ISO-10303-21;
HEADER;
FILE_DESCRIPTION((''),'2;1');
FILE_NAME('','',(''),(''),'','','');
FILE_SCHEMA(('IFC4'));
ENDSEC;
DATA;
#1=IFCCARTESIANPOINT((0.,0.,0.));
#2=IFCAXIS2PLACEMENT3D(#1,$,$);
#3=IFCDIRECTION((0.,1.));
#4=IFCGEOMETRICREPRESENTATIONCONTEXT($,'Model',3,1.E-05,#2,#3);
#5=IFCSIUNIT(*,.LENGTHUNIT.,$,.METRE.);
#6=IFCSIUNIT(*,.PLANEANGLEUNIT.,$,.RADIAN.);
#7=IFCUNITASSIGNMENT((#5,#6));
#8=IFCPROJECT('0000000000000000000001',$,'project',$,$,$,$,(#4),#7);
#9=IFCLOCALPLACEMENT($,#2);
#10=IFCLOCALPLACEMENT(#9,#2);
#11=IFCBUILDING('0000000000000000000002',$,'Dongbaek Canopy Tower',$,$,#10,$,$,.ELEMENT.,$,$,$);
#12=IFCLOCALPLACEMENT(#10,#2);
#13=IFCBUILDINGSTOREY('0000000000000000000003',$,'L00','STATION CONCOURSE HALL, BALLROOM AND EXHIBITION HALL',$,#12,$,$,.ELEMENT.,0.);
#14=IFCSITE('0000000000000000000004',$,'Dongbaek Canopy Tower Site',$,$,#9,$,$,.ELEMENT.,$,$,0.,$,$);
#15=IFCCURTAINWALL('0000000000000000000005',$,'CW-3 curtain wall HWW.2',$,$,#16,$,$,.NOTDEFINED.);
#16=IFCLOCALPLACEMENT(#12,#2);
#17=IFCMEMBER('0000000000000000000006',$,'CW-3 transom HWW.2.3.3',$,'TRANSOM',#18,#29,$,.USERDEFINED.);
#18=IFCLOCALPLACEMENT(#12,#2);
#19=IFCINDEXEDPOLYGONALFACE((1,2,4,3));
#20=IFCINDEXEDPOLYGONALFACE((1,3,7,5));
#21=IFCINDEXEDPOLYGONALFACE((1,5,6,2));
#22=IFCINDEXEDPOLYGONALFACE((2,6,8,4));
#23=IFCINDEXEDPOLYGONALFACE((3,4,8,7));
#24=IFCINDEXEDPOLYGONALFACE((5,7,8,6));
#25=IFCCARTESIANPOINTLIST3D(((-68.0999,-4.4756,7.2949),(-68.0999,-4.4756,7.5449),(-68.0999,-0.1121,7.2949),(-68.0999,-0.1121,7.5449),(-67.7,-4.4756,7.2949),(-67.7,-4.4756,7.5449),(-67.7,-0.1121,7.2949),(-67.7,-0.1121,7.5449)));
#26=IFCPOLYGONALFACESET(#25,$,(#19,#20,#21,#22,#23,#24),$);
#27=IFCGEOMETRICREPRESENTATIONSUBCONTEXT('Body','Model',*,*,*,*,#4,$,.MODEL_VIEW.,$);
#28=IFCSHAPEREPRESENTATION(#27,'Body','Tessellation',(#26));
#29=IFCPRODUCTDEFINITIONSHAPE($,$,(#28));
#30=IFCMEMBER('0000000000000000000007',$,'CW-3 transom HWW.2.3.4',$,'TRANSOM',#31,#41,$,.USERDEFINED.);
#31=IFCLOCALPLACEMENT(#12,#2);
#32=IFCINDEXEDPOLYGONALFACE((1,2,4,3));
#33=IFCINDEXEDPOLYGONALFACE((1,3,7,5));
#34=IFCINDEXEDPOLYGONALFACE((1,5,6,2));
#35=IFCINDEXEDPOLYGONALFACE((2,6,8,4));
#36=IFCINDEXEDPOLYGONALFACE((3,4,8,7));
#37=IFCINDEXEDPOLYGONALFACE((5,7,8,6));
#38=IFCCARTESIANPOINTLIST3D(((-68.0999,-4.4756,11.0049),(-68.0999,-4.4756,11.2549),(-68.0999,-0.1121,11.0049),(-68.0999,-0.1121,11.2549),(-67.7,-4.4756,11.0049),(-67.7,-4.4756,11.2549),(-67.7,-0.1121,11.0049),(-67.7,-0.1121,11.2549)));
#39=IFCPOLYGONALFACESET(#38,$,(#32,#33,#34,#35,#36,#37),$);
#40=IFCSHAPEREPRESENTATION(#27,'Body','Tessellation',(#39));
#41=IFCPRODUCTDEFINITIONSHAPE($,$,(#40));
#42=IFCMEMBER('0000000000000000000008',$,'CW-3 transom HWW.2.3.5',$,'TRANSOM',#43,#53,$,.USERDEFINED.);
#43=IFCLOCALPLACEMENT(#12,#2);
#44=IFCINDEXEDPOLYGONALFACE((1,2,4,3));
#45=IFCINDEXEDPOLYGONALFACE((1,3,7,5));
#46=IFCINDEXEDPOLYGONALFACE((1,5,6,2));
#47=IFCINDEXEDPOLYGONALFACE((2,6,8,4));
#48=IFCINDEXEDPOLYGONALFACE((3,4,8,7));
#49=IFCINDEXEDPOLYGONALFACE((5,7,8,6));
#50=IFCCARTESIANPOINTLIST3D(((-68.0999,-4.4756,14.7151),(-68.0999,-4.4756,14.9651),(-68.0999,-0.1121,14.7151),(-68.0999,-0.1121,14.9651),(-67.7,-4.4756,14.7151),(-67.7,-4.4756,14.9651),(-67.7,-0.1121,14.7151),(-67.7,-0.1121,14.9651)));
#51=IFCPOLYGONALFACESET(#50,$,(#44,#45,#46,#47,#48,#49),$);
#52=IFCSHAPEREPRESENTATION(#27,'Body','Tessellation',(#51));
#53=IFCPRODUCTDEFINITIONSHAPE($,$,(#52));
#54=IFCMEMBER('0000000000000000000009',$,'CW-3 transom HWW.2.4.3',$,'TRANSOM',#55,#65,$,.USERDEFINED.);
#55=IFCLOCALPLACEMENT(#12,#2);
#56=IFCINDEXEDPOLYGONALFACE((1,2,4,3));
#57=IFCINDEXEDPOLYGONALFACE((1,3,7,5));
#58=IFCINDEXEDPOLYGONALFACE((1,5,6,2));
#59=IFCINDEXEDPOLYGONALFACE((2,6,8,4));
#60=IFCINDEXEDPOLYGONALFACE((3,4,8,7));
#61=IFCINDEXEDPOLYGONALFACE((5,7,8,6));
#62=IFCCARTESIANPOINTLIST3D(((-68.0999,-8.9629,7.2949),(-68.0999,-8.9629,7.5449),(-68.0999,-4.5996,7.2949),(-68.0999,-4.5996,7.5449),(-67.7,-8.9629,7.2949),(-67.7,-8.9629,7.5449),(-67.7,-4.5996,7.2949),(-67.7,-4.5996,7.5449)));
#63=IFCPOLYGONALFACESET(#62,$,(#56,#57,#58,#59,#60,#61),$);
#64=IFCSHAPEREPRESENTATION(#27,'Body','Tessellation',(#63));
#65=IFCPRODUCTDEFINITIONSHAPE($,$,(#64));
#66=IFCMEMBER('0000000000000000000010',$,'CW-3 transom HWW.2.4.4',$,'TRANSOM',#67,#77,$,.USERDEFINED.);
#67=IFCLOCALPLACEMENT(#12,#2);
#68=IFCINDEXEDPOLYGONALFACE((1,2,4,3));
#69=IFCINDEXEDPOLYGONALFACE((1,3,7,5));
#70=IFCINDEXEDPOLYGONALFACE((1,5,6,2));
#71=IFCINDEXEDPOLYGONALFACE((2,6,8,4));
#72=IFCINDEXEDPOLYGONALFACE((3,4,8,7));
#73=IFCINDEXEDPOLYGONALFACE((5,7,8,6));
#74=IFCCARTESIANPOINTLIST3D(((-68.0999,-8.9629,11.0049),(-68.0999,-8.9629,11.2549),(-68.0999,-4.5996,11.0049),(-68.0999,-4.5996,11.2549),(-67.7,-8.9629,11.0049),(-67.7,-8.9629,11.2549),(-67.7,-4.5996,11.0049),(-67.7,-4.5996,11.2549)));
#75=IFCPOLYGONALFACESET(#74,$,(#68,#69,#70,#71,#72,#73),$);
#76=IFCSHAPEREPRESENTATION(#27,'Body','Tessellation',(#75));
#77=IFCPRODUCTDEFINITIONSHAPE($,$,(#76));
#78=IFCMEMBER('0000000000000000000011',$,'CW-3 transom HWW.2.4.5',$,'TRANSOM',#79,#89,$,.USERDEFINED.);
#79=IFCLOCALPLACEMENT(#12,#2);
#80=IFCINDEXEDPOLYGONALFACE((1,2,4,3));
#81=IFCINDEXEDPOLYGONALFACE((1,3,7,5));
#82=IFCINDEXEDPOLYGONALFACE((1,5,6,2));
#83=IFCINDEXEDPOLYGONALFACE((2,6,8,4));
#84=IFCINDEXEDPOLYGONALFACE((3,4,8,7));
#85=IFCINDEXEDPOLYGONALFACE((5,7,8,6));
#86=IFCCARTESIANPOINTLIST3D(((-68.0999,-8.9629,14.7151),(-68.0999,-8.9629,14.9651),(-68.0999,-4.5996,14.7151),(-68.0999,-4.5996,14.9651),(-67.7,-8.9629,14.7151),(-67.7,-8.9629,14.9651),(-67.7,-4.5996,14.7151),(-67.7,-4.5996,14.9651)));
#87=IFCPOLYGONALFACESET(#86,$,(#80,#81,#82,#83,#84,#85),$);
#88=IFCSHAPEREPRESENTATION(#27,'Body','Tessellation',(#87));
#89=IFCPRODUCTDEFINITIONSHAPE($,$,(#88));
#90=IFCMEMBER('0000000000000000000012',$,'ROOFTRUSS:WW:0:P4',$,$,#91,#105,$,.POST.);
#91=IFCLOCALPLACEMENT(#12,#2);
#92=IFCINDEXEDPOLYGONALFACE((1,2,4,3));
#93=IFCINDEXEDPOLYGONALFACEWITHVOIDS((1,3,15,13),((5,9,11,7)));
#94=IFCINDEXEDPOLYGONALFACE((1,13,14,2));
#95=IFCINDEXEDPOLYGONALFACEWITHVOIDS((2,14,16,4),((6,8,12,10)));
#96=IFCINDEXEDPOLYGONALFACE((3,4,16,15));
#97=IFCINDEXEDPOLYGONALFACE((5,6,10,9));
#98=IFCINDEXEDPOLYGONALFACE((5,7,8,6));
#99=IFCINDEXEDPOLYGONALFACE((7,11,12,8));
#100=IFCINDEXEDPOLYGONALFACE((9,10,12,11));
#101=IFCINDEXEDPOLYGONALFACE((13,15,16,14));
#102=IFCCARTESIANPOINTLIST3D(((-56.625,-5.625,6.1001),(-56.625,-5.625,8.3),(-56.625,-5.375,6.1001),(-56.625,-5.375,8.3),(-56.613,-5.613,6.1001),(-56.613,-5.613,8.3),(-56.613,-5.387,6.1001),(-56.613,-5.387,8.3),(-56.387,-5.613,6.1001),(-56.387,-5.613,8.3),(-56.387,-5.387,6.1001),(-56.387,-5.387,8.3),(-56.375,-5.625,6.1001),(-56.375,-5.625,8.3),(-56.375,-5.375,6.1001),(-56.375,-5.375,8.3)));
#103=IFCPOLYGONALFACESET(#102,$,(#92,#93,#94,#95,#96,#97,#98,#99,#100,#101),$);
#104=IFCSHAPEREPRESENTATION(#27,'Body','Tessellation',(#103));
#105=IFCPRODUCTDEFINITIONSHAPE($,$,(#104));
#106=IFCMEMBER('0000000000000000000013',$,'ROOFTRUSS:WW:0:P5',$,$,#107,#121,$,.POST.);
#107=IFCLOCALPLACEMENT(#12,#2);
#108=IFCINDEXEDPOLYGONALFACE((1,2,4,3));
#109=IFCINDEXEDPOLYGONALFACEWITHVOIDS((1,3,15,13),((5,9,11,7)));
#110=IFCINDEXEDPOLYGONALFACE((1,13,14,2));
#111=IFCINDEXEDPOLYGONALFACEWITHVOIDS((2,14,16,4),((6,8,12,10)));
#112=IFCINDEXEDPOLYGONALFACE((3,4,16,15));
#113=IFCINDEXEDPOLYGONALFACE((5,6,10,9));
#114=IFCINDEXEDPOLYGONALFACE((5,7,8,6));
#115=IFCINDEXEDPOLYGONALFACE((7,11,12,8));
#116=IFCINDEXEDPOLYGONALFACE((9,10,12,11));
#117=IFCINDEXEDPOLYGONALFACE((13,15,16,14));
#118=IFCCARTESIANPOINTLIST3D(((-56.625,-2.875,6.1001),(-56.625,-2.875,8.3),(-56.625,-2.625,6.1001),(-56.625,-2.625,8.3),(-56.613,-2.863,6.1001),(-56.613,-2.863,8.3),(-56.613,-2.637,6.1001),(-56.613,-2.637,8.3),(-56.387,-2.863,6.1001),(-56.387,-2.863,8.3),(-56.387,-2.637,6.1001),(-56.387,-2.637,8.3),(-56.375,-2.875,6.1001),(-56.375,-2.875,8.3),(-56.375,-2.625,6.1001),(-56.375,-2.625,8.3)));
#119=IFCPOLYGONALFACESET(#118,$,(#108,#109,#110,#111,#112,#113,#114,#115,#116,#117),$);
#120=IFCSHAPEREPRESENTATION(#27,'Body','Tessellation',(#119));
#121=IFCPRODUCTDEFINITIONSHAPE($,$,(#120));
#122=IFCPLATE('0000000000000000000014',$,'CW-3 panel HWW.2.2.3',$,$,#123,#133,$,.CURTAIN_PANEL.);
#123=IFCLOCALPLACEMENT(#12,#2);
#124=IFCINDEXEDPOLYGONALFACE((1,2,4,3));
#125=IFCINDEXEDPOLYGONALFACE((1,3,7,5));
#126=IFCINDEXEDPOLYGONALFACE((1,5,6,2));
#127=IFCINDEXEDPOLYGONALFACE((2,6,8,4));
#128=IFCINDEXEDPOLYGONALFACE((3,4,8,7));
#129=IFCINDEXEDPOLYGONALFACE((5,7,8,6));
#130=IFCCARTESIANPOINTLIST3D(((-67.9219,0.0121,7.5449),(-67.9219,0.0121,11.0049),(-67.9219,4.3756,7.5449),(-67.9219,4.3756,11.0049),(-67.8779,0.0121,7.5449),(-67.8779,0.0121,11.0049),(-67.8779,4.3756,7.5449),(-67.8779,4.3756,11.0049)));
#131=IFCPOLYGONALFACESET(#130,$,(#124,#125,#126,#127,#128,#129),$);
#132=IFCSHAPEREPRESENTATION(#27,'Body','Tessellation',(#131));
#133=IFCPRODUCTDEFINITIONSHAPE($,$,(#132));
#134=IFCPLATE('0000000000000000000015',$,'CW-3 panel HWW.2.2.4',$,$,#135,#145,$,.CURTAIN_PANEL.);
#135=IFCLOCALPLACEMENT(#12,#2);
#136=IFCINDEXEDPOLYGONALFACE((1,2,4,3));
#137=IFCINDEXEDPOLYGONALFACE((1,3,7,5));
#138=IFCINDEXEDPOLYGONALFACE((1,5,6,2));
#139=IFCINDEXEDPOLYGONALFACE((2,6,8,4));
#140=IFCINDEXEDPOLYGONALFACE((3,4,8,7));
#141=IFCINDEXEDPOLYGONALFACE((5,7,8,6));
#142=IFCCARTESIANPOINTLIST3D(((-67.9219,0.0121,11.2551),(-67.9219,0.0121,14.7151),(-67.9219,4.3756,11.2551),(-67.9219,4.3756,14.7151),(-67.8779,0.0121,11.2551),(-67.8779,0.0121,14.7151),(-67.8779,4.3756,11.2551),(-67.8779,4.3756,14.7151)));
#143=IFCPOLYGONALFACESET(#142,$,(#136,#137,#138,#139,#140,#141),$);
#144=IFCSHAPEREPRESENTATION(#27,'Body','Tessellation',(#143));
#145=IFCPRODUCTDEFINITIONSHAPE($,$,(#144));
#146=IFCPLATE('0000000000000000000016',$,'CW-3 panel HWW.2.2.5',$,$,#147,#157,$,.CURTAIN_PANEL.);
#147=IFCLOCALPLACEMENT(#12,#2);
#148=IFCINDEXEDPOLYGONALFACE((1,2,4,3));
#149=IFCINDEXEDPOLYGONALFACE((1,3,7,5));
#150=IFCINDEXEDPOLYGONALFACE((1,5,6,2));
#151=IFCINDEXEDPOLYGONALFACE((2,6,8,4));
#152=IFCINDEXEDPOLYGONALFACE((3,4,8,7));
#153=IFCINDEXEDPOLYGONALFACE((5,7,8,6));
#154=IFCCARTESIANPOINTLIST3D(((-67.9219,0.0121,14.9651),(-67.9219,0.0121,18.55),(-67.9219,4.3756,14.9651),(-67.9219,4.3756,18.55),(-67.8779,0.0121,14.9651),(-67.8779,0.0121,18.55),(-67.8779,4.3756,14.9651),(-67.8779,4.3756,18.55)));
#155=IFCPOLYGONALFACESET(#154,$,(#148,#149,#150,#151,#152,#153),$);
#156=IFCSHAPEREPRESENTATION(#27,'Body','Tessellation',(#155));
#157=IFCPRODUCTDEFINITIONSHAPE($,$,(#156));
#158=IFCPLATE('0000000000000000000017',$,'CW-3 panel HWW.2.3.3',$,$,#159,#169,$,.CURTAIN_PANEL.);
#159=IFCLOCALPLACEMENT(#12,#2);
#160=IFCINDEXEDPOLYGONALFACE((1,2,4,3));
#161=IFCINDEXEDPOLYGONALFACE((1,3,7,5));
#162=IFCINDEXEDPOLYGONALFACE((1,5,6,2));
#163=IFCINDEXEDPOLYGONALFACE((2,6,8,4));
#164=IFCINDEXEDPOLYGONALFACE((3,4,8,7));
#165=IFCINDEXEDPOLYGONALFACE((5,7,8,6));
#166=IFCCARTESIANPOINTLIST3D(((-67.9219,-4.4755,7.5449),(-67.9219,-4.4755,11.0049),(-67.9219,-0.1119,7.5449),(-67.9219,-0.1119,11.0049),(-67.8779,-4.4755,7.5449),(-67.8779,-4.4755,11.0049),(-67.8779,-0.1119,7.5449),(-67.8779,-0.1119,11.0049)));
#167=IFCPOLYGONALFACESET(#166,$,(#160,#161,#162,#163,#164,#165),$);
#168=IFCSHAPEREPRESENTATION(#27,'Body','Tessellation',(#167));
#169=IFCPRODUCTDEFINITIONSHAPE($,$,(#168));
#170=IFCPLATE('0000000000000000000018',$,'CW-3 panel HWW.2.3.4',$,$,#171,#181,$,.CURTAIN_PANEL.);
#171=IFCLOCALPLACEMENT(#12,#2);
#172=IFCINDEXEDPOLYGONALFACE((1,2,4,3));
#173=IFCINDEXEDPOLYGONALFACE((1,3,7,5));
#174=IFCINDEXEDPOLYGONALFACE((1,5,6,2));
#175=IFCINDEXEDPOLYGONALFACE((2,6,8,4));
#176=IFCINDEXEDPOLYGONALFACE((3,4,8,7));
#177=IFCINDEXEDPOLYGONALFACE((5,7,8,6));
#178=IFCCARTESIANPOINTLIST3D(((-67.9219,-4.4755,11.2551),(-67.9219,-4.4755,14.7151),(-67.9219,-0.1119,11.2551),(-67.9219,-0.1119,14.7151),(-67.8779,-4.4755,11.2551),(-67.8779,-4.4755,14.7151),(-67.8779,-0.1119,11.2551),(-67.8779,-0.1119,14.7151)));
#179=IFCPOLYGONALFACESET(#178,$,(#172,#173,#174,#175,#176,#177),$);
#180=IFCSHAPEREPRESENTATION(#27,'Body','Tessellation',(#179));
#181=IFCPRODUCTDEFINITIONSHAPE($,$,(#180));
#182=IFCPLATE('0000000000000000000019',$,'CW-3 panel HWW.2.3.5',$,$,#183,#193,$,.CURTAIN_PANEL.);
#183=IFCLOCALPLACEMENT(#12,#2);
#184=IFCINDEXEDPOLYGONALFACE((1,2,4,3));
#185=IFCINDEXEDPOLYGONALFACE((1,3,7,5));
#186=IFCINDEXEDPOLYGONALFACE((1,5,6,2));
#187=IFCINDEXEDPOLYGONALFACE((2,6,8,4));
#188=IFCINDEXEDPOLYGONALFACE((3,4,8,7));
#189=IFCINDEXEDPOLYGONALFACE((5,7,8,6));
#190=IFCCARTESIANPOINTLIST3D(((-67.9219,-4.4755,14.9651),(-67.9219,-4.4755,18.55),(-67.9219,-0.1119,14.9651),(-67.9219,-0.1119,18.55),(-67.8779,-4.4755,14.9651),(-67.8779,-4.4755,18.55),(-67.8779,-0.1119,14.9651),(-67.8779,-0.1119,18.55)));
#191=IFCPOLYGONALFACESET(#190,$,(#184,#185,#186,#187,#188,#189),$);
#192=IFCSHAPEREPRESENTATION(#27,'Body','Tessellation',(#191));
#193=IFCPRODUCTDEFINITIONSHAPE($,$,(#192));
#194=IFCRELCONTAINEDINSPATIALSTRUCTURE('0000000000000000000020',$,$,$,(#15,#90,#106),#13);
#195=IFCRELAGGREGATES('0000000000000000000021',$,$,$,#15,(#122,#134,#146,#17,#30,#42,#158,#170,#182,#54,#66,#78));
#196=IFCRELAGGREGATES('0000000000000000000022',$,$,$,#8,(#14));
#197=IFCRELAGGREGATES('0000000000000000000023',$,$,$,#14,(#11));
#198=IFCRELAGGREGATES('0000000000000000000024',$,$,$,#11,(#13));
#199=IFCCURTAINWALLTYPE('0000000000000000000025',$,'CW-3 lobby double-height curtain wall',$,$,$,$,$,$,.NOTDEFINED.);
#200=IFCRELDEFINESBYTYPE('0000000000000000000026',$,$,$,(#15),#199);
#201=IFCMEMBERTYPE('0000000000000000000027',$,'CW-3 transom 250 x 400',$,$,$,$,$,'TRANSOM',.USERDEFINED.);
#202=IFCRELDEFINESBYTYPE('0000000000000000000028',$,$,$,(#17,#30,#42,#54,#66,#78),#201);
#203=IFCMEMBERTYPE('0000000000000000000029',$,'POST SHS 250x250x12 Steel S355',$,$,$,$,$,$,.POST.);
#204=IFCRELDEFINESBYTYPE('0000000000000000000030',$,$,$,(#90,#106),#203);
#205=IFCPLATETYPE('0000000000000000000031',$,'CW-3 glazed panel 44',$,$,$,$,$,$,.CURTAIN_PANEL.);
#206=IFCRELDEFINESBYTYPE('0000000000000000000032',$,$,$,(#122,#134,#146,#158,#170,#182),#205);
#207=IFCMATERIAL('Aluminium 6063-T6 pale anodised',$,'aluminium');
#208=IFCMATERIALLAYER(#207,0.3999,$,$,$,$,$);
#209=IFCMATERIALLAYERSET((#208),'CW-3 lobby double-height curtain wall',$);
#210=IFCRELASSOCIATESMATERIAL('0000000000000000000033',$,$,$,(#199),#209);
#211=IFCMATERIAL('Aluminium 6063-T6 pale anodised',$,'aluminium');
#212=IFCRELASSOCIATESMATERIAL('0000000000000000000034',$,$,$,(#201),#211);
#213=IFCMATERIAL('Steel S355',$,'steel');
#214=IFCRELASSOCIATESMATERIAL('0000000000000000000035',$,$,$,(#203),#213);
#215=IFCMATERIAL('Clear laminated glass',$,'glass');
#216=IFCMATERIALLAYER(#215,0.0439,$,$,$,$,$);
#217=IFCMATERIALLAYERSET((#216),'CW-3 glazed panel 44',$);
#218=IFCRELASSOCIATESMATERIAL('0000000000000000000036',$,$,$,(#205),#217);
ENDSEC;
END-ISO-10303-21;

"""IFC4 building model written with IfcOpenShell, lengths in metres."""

from ifc_helpers import new_model, si_unit, direction, frame, origin, origin_2d, place, context, subcontext, project, spatial, rectangle, hollow_rectangle, extrude, material, layer, layer_set, material_profile, profile_set, type_object, element, aggregate, save


model = new_model("IFC4")

# Units and contexts
model_context = context("Model", 3, precision=1e-05, world=origin(), true_north=direction((0.0, 1.0)))
body_context = subcontext(model_context, "Body", "Model", "MODEL_VIEW")
ifc_project = project(units=[si_unit("LENGTHUNIT", "METRE"), si_unit("PLANEANGLEUNIT", "RADIAN")], contexts=[model_context])

# Site, building, storey
site_placement = place(None, origin())
site = spatial("IfcSite", under=ifc_project, at=site_placement, Name="Dongbaek Canopy Tower Site", CompositionType="ELEMENT", RefElevation=0.0)
building_placement = place(site_placement, origin())
building = spatial("IfcBuilding", under=site, at=building_placement, Name="Dongbaek Canopy Tower", CompositionType="ELEMENT")
storey_placement = place(building_placement, origin())
storey = spatial("IfcBuildingStorey", under=building, at=storey_placement, Name="L00", Description="STATION CONCOURSE HALL, BALLROOM AND EXHIBITION HALL", CompositionType="ELEMENT", Elevation=0.0)

# Curtain wall, members
ifc_material_1 = material(Name="Aluminium 6063-T6 pale anodised", Category="aluminium")
ifc_layer_1 = layer(ifc_material_1, 0.3999)
ifc_layer_set_1 = layer_set([ifc_layer_1], Name="CW-3 lobby double-height curtain wall")
curtain_wall_type = type_object("IfcCurtainWallType", Name="CW-3 lobby double-height curtain wall", PredefinedType="NOTDEFINED", material=ifc_layer_set_1)
curtain_wall_placement = place(storey_placement, origin())
curtain_wall = element("IfcCurtainWall", 1, at=curtain_wall_placement, inside=storey, type_object=curtain_wall_type, Name="CW-3 curtain wall HWW.2", PredefinedType="NOTDEFINED")
ifc_material_2 = material(Name="Aluminium 6063-T6 pale anodised", Category="aluminium")
ifc_material_profile_1 = material_profile(ifc_material_2, rectangle(XDim=0.3999, YDim=0.25, at=origin_2d()), Name="CW-3 transom 250 x 400")
ifc_profile_set_1 = profile_set([ifc_material_profile_1], Name="Aluminium 6063-T6 pale anodised")
member_type_1 = type_object("IfcMemberType", Name="CW-3 transom 250 x 400", ElementType="TRANSOM", PredefinedType="USERDEFINED", material=ifc_profile_set_1)
member_1_placement = place(storey_placement, frame((-67.8999, -0.1121, 7.4199), z_axis=(0.0, -1.0, 0.0), x_axis=(1.0, 0.0, 0.0)))
member_1 = element("IfcMember", 2, at=member_1_placement, type_object=member_type_1, Name="CW-3 transom HWW.2.3.3", ObjectType="TRANSOM", PredefinedType="USERDEFINED", context=body_context, shape_type="SweptSolid", body=[
    extrude(rectangle(XDim=0.3999, YDim=0.25, at=origin_2d()), origin(), (0.0, 0.0, 1.0), 4.3635),
])
member_2_placement = place(storey_placement, frame((-67.8999, -0.1121, 11.1299), z_axis=(0.0, -1.0, 0.0), x_axis=(1.0, 0.0, 0.0)))
member_2 = element("IfcMember", 3, at=member_2_placement, type_object=member_type_1, Name="CW-3 transom HWW.2.3.4", ObjectType="TRANSOM", PredefinedType="USERDEFINED", context=body_context, shape_type="SweptSolid", body=[
    extrude(rectangle(XDim=0.3999, YDim=0.25, at=origin_2d()), origin(), (0.0, 0.0, 1.0), 4.3635),
])
member_3_placement = place(storey_placement, frame((-67.8999, -0.1121, 14.8401), z_axis=(0.0, -1.0, 0.0), x_axis=(1.0, 0.0, 0.0)))
member_3 = element("IfcMember", 4, at=member_3_placement, type_object=member_type_1, Name="CW-3 transom HWW.2.3.5", ObjectType="TRANSOM", PredefinedType="USERDEFINED", context=body_context, shape_type="SweptSolid", body=[
    extrude(rectangle(XDim=0.3999, YDim=0.25, at=origin_2d()), origin(), (0.0, 0.0, 1.0), 4.3635),
])
member_4_placement = place(storey_placement, frame((-67.8999, -4.5996, 7.4199), z_axis=(0.0, -1.0, 0.0), x_axis=(1.0, 0.0, 0.0)))
member_4 = element("IfcMember", 5, at=member_4_placement, type_object=member_type_1, Name="CW-3 transom HWW.2.4.3", ObjectType="TRANSOM", PredefinedType="USERDEFINED", context=body_context, shape_type="SweptSolid", body=[
    extrude(rectangle(XDim=0.3999, YDim=0.25, at=origin_2d()), origin(), (0.0, 0.0, 1.0), 4.3633),
])
member_5_placement = place(storey_placement, frame((-67.8999, -4.5996, 11.1299), z_axis=(0.0, -1.0, 0.0), x_axis=(1.0, 0.0, 0.0)))
member_5 = element("IfcMember", 6, at=member_5_placement, type_object=member_type_1, Name="CW-3 transom HWW.2.4.4", ObjectType="TRANSOM", PredefinedType="USERDEFINED", context=body_context, shape_type="SweptSolid", body=[
    extrude(rectangle(XDim=0.3999, YDim=0.25, at=origin_2d()), origin(), (0.0, 0.0, 1.0), 4.3633),
])
member_6_placement = place(storey_placement, frame((-67.8999, -4.5996, 14.8401), z_axis=(0.0, -1.0, 0.0), x_axis=(1.0, 0.0, 0.0)))
member_6 = element("IfcMember", 7, at=member_6_placement, type_object=member_type_1, Name="CW-3 transom HWW.2.4.5", ObjectType="TRANSOM", PredefinedType="USERDEFINED", context=body_context, shape_type="SweptSolid", body=[
    extrude(rectangle(XDim=0.3999, YDim=0.25, at=origin_2d()), origin(), (0.0, 0.0, 1.0), 4.3633),
])

# Members
ifc_material_3 = material(Name="Steel S355", Category="steel")
ifc_material_profile_2 = material_profile(ifc_material_3, hollow_rectangle(XDim=0.25, YDim=0.25, WallThickness=0.012, at=origin_2d()), Name="POST SHS 250x250x12 Steel S355")
ifc_profile_set_2 = profile_set([ifc_material_profile_2], Name="Steel S355")
member_type_2 = type_object("IfcMemberType", Name="POST SHS 250x250x12 Steel S355", PredefinedType="POST", material=ifc_profile_set_2)
for number, where, z_axis, x_axis, name in (
    (8, (-56.5, -5.5, 6.1001), (0.0, 0.0, 1.0), (1.0, 0.0, 0.0), "ROOFTRUSS:WW:0:P4"),
    (9, (-56.5, -2.75, 6.1001), (0.0, 0.0, 1.0), (1.0, 0.0, 0.0), "ROOFTRUSS:WW:0:P5"),
):
    element("IfcMember", number, at=place(storey_placement, frame(where, z_axis=z_axis, x_axis=x_axis)), inside=storey, type_object=member_type_2, Name=name, PredefinedType="POST", context=body_context, shape_type="SweptSolid", body=[
        extrude(hollow_rectangle(XDim=0.25, YDim=0.25, WallThickness=0.012, at=origin_2d()), origin(), (0.0, 0.0, 1.0), 2.2),
    ])

# Plates
ifc_material_4 = material(Name="Clear laminated glass", Category="glass")
ifc_layer_2 = layer(ifc_material_4, 0.0439)
ifc_layer_set_2 = layer_set([ifc_layer_2], Name="CW-3 glazed panel 44")
plate_type = type_object("IfcPlateType", Name="CW-3 glazed panel 44", PredefinedType="CURTAIN_PANEL", material=ifc_layer_set_2)
plate_1_placement = place(storey_placement, frame((-67.8999, 2.1938, 7.5449), z_axis=(0.0, 0.0, 1.0), x_axis=(0.0, -1.0, 0.0)))
plate_1 = element("IfcPlate", 10, at=plate_1_placement, type_object=plate_type, Name="CW-3 panel HWW.2.2.3", PredefinedType="CURTAIN_PANEL", context=body_context, shape_type="SweptSolid", body=[
    extrude(rectangle(XDim=4.3635, YDim=0.0439, at=origin_2d()), origin(), (0.0, 0.0, 1.0), 3.46),
])
plate_2_placement = place(storey_placement, frame((-67.8999, 2.1938, 11.2551), z_axis=(0.0, 0.0, 1.0), x_axis=(0.0, -1.0, 0.0)))
plate_2 = element("IfcPlate", 11, at=plate_2_placement, type_object=plate_type, Name="CW-3 panel HWW.2.2.4", PredefinedType="CURTAIN_PANEL", context=body_context, shape_type="SweptSolid", body=[
    extrude(rectangle(XDim=4.3635, YDim=0.0439, at=origin_2d()), origin(), (0.0, 0.0, 1.0), 3.46),
])
plate_3_placement = place(storey_placement, frame((-67.8999, 2.1938, 14.9651), z_axis=(0.0, 0.0, 1.0), x_axis=(0.0, -1.0, 0.0)))
plate_3 = element("IfcPlate", 12, at=plate_3_placement, type_object=plate_type, Name="CW-3 panel HWW.2.2.5", PredefinedType="CURTAIN_PANEL", context=body_context, shape_type="SweptSolid", body=[
    extrude(rectangle(XDim=4.3635, YDim=0.0439, at=origin_2d()), origin(), (0.0, 0.0, 1.0), 3.585),
])
plate_4_placement = place(storey_placement, frame((-67.8999, -2.2937, 7.5449), z_axis=(0.0, 0.0, 1.0), x_axis=(0.0, -1.0, 0.0)))
plate_4 = element("IfcPlate", 13, at=plate_4_placement, type_object=plate_type, Name="CW-3 panel HWW.2.3.3", PredefinedType="CURTAIN_PANEL", context=body_context, shape_type="SweptSolid", body=[
    extrude(rectangle(XDim=4.3635, YDim=0.0439, at=origin_2d()), origin(), (0.0, 0.0, 1.0), 3.46),
])
plate_5_placement = place(storey_placement, frame((-67.8999, -2.2937, 11.2551), z_axis=(0.0, 0.0, 1.0), x_axis=(0.0, -1.0, 0.0)))
plate_5 = element("IfcPlate", 14, at=plate_5_placement, type_object=plate_type, Name="CW-3 panel HWW.2.3.4", PredefinedType="CURTAIN_PANEL", context=body_context, shape_type="SweptSolid", body=[
    extrude(rectangle(XDim=4.3635, YDim=0.0439, at=origin_2d()), origin(), (0.0, 0.0, 1.0), 3.46),
])
plate_6_placement = place(storey_placement, frame((-67.8999, -2.2937, 14.9651), z_axis=(0.0, 0.0, 1.0), x_axis=(0.0, -1.0, 0.0)))
plate_6 = element("IfcPlate", 15, at=plate_6_placement, type_object=plate_type, Name="CW-3 panel HWW.2.3.5", PredefinedType="CURTAIN_PANEL", context=body_context, shape_type="SweptSolid", body=[
    extrude(rectangle(XDim=4.3635, YDim=0.0439, at=origin_2d()), origin(), (0.0, 0.0, 1.0), 3.585),
])
aggregate(curtain_wall, [plate_1, plate_2, plate_3, member_1, member_2, member_3, plate_4, plate_5, plate_6, member_4, member_5, member_6])

save(model, "model.ifc")
